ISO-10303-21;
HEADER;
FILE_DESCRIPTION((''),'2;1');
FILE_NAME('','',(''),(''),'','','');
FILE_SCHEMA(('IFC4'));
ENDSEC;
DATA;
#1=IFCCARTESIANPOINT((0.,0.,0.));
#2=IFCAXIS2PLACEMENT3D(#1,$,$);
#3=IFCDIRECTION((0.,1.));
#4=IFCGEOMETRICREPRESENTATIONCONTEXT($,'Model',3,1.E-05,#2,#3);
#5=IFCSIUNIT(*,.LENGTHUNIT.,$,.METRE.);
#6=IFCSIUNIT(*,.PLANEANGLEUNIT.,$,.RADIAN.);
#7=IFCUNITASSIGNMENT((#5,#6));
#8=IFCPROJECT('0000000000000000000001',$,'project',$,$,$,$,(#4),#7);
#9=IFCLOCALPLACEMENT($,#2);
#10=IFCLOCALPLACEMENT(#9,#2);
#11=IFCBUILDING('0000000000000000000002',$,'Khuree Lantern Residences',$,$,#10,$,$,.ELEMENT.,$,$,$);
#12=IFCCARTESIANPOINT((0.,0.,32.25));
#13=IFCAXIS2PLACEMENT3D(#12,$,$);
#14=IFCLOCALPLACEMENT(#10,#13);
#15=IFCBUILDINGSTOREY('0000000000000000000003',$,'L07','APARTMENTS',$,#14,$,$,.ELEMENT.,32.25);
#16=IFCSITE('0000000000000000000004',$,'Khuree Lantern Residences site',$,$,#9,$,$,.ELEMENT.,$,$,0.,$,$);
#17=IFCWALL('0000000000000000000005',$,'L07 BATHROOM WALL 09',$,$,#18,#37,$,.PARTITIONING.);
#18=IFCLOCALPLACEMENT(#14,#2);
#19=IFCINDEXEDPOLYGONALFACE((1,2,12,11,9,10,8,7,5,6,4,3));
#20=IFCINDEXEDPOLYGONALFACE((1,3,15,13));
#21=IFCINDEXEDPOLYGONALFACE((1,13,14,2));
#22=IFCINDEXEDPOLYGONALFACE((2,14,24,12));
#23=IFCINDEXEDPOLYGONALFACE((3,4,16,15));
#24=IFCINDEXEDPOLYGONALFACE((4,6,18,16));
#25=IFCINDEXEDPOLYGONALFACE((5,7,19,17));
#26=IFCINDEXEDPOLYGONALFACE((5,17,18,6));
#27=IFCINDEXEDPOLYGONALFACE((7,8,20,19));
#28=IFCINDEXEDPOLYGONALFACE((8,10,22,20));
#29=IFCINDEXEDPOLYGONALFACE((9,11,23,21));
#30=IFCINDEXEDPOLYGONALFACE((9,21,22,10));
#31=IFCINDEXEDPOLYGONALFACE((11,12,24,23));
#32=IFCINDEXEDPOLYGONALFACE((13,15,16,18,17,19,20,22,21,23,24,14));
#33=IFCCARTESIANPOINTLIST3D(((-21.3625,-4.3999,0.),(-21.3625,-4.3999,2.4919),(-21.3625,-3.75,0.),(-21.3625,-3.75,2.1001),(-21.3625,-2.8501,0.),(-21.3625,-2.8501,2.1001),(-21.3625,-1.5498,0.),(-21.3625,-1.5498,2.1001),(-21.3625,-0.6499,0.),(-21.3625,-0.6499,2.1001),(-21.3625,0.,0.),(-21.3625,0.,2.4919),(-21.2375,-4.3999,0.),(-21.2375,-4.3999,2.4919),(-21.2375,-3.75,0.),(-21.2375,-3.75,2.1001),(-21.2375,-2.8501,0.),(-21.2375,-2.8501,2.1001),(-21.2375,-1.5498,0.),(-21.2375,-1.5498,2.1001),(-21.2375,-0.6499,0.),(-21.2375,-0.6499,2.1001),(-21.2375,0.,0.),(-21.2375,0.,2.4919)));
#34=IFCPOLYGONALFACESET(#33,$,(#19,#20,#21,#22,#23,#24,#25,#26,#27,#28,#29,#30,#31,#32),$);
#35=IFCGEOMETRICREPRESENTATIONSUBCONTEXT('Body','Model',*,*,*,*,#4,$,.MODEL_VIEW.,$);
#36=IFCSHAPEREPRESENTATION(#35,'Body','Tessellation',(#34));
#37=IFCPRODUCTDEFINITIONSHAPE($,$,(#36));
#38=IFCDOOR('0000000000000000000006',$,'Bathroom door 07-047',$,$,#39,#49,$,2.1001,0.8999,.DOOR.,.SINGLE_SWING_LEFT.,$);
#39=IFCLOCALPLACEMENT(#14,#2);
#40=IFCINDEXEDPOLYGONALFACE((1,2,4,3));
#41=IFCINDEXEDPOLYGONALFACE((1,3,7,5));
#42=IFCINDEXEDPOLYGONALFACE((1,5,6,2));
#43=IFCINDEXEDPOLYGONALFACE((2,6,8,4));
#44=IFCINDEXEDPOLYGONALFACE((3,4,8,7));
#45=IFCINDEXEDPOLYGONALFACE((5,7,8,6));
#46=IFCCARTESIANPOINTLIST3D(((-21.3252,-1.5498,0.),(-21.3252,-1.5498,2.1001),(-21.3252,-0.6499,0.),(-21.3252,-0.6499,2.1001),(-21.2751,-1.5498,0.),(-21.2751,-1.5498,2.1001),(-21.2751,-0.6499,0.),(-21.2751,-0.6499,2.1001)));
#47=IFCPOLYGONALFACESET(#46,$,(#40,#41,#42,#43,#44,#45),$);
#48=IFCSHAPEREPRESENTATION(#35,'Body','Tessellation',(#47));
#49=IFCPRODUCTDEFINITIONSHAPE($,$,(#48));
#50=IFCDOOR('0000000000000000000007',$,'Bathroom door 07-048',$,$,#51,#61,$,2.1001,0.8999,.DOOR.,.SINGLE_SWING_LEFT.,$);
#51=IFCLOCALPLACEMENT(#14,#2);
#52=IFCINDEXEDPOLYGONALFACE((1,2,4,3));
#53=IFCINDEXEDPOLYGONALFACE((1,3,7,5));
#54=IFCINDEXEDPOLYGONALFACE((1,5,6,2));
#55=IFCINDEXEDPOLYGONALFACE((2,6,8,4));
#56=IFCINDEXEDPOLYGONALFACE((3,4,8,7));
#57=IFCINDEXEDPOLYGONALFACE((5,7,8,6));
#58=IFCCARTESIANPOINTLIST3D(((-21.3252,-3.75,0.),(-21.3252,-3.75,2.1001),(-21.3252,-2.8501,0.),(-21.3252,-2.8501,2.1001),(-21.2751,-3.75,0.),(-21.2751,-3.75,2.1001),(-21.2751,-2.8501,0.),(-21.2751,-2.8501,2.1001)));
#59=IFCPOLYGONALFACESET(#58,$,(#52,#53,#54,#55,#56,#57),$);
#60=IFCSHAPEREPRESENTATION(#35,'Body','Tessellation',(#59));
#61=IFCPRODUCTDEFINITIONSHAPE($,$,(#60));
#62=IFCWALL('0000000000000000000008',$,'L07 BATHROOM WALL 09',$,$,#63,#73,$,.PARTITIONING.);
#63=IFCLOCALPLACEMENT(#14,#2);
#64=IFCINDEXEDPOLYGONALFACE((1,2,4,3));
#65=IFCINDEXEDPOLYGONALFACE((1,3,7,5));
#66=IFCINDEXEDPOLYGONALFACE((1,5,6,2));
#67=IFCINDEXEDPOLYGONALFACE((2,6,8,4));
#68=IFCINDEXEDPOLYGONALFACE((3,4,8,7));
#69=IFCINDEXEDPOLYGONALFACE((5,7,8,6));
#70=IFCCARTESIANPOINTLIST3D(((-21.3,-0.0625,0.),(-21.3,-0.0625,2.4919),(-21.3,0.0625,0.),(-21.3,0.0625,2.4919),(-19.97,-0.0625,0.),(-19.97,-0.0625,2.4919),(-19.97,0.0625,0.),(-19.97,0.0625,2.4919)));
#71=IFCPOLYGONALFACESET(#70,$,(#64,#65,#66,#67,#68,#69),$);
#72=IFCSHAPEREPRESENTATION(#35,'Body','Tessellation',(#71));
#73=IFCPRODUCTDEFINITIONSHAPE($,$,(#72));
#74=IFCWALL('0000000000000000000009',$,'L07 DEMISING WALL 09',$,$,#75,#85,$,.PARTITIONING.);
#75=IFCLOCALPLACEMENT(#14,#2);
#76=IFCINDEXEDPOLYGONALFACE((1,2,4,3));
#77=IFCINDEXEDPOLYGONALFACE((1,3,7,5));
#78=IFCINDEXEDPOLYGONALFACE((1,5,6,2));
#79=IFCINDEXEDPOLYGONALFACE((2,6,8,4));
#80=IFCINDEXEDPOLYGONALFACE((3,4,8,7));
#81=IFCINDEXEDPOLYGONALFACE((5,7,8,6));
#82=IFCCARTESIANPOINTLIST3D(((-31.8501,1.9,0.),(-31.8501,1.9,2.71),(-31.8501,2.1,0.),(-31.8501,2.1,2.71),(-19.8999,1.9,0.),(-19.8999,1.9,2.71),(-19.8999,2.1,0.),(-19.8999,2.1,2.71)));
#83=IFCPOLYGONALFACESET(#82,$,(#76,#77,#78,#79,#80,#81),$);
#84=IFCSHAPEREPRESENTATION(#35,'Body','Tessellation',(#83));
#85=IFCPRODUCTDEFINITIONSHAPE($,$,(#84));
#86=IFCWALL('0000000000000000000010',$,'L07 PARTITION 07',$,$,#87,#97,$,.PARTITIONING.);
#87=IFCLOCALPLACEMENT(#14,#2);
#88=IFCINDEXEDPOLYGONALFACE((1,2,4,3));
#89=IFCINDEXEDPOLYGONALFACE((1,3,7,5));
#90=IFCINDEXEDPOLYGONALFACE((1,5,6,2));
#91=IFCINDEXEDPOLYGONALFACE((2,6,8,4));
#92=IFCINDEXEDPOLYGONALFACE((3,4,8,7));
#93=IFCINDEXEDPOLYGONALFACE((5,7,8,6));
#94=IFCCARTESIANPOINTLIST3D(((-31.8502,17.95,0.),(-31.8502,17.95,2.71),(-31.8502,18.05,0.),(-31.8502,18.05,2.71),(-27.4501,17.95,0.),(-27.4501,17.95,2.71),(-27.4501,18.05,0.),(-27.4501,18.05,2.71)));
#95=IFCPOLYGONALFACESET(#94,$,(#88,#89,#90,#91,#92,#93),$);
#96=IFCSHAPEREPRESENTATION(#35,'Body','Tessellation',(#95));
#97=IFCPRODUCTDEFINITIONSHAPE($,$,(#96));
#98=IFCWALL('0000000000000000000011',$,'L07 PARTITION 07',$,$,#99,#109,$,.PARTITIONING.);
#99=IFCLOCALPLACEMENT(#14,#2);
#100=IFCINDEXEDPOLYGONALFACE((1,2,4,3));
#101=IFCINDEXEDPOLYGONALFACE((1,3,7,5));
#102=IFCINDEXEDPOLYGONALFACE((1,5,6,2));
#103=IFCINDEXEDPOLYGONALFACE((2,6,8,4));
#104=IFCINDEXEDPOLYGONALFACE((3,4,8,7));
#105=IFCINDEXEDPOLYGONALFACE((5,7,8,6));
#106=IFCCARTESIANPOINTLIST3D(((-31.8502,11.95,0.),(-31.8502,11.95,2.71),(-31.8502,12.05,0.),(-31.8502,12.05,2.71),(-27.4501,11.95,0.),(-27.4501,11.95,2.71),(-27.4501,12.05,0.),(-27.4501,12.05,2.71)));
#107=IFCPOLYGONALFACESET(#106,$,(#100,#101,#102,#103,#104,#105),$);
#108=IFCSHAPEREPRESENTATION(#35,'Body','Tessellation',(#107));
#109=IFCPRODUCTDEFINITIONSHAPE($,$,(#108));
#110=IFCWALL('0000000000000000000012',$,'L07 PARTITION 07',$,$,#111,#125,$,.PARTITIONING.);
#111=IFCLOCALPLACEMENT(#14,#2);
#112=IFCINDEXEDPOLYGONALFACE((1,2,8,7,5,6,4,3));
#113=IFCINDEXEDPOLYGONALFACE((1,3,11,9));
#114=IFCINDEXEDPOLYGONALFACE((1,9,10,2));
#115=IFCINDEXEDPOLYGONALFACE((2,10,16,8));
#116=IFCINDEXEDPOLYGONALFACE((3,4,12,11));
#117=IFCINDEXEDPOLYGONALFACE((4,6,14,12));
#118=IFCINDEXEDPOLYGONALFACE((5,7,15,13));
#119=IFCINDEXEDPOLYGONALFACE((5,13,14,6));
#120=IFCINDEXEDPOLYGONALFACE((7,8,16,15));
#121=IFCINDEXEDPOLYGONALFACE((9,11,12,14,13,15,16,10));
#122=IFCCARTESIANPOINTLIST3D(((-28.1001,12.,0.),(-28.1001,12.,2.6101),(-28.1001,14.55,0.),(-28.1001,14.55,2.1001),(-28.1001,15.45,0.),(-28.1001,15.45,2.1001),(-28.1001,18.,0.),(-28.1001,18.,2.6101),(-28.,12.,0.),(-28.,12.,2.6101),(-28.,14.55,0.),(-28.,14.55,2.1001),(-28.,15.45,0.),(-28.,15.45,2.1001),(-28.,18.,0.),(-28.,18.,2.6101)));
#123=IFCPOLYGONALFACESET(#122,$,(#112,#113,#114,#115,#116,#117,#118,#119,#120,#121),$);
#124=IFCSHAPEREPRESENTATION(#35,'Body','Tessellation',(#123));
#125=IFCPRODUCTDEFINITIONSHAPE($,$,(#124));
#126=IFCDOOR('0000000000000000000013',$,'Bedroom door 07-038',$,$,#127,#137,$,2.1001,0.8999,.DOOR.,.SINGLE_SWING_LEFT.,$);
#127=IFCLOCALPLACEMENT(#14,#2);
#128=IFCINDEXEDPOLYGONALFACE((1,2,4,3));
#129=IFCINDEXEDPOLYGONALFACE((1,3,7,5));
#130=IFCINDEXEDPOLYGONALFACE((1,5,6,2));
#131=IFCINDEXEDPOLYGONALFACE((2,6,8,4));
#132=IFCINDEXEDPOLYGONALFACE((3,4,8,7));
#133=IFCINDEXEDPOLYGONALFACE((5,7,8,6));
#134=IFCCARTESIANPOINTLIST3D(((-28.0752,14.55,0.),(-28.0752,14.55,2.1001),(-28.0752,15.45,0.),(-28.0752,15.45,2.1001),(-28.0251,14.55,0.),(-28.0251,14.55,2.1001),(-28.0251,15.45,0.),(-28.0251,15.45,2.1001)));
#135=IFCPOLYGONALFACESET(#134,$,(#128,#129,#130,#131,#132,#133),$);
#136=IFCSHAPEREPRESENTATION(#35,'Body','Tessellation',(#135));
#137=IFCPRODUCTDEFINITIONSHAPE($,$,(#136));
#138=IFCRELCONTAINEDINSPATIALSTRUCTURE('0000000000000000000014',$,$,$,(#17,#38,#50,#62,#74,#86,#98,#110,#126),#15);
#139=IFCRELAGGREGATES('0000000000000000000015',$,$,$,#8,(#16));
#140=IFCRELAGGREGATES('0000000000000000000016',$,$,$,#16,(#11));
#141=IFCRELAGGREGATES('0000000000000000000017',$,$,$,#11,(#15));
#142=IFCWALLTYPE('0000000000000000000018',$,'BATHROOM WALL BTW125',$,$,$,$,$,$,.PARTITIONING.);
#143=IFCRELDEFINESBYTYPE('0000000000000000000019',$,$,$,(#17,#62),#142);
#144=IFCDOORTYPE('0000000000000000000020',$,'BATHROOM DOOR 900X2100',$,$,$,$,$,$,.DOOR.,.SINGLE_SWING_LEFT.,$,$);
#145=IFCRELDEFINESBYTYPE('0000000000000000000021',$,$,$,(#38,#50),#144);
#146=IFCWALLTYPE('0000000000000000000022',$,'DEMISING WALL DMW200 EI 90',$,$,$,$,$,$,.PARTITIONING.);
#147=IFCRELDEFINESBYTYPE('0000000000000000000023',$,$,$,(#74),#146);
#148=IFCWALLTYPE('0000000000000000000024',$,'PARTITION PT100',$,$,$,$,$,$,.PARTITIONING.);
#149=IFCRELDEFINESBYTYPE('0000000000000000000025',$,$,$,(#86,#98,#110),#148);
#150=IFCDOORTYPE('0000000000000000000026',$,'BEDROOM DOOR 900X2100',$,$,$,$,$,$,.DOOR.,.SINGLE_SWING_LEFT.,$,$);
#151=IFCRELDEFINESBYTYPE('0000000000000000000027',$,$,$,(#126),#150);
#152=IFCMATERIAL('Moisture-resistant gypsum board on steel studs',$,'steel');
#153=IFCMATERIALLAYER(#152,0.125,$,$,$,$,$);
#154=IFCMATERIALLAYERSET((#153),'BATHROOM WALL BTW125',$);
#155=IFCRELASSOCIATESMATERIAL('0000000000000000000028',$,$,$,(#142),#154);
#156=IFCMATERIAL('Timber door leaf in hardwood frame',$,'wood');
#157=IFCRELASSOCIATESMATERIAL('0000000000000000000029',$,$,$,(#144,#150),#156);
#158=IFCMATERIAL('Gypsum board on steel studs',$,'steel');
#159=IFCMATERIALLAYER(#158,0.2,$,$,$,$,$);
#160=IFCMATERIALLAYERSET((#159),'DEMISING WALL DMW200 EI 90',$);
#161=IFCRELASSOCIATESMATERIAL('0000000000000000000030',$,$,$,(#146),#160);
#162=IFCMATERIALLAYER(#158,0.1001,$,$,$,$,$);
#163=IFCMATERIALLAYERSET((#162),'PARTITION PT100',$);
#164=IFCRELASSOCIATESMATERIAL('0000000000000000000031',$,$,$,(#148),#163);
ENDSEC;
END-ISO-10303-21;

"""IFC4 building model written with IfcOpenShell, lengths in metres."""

from ifc_helpers import new_model, si_unit, direction, frame, frame_2d, origin, place, context, subcontext, project, spatial, rectangle, extrude, material, layer, layer_set, type_object, element, fill, save


model = new_model("IFC4")

# Units and contexts
model_context = context("Model", 3, precision=1e-05, world=origin(), true_north=direction((0.0, 1.0)))
body_context = subcontext(model_context, "Body", "Model", "MODEL_VIEW")
ifc_project = project(units=[si_unit("LENGTHUNIT", "METRE"), si_unit("PLANEANGLEUNIT", "RADIAN")], contexts=[model_context])

# Site, building, storey
site_placement = place(None, origin())
site = spatial("IfcSite", under=ifc_project, at=site_placement, Name="Khuree Lantern Residences site", CompositionType="ELEMENT", RefElevation=0.0)
building_placement = place(site_placement, origin())
building = spatial("IfcBuilding", under=site, at=building_placement, Name="Khuree Lantern Residences", CompositionType="ELEMENT")
storey_placement = place(building_placement, frame((0.0, 0.0, 32.25)))
storey = spatial("IfcBuildingStorey", under=building, at=storey_placement, Name="L07", Description="APARTMENTS", CompositionType="ELEMENT", Elevation=32.25)

# Shared definitions
ifc_material_1 = material(Name="Moisture-resistant gypsum board on steel studs", Category="steel")
ifc_layer_1 = layer(ifc_material_1, 0.125)
ifc_layer_set_1 = layer_set([ifc_layer_1], Name="BATHROOM WALL BTW125")
wall_type_1 = type_object("IfcWallType", Name="BATHROOM WALL BTW125", PredefinedType="PARTITIONING", material=ifc_layer_set_1)
ifc_material_2 = material(Name="Timber door leaf in hardwood frame", Category="wood")
door_type_1 = type_object("IfcDoorType", Name="BATHROOM DOOR 900X2100", OperationType="SINGLE_SWING_LEFT", PredefinedType="DOOR", material=ifc_material_2)

# Wall, openings, doors
wall_1_placement = place(storey_placement, frame((-21.3, 0.0, 0.0), z_axis=(0.0, 0.0, 1.0), x_axis=(0.0, -1.0, 0.0)))
wall_1 = element("IfcWall", 1, at=wall_1_placement, inside=storey, type_object=wall_type_1, Name="L07 BATHROOM WALL 09", PredefinedType="PARTITIONING", context=body_context, shape_type="SweptSolid", body=[
    extrude(rectangle(XDim=4.3999, YDim=0.125, at=frame_2d((2.2, 0.0))), origin(), (0.0, 0.0, 1.0), 2.4919),
])
opening_1_placement = place(wall_1_placement, frame((0.6499, 0.0, 0.0)))
opening_1 = element("IfcOpeningElement", 2, at=opening_1_placement, cuts=wall_1, PredefinedType="OPENING", context=body_context, shape_type="SweptSolid", body=[
    extrude(rectangle(XDim=0.8999, YDim=2.1001, at=frame_2d((0.45, 1.05))), frame((0.0, 0.0725, 0.0), z_axis=(0.0, -1.0, 0.0), x_axis=(1.0, 0.0, 0.0)), (0.0, 0.0, 1.0), 0.145),
])
opening_2_placement = place(wall_1_placement, frame((2.8501, 0.0, 0.0)))
opening_2 = element("IfcOpeningElement", 3, at=opening_2_placement, cuts=wall_1, PredefinedType="OPENING", context=body_context, shape_type="SweptSolid", body=[
    extrude(rectangle(XDim=0.8999, YDim=2.1001, at=frame_2d((0.45, 1.05))), frame((0.0, 0.0725, 0.0), z_axis=(0.0, -1.0, 0.0), x_axis=(1.0, 0.0, 0.0)), (0.0, 0.0, 1.0), 0.145),
])
door_1_placement = place(opening_1_placement, origin())
door_1 = element("IfcDoor", 4, at=door_1_placement, inside=storey, type_object=door_type_1, Name="Bathroom door 07-047", OperationType="SINGLE_SWING_LEFT", OverallHeight=2.1001, OverallWidth=0.8999, PredefinedType="DOOR", context=body_context, shape_type="SweptSolid", body=[
    extrude(rectangle(XDim=0.8999, YDim=2.1001, at=frame_2d((0.45, 1.05))), frame((0.0, 0.0249, 0.0), z_axis=(0.0, -1.0, 0.0), x_axis=(1.0, 0.0, 0.0)), (0.0, 0.0, 1.0), 0.05),
])
fill(opening_1, door_1)
door_2_placement = place(opening_2_placement, origin())
door_2 = element("IfcDoor", 5, at=door_2_placement, inside=storey, type_object=door_type_1, Name="Bathroom door 07-048", OperationType="SINGLE_SWING_LEFT", OverallHeight=2.1001, OverallWidth=0.8999, PredefinedType="DOOR", context=body_context, shape_type="SweptSolid", body=[
    extrude(rectangle(XDim=0.8999, YDim=2.1001, at=frame_2d((0.45, 1.05))), frame((0.0, 0.0249, 0.0), z_axis=(0.0, -1.0, 0.0), x_axis=(1.0, 0.0, 0.0)), (0.0, 0.0, 1.0), 0.05),
])
fill(opening_2, door_2)

# Walls
wall_2_placement = place(storey_placement, frame((-19.97, 0.0, 0.0), z_axis=(0.0, 0.0, 1.0), x_axis=(-1.0, 0.0, 0.0)))
element("IfcWall", 6, at=wall_2_placement, inside=storey, type_object=wall_type_1, Name="L07 BATHROOM WALL 09", PredefinedType="PARTITIONING", context=body_context, shape_type="SweptSolid", body=[
    extrude(rectangle(XDim=1.3301, YDim=0.125, at=frame_2d((0.665, 0.0))), origin(), (0.0, 0.0, 1.0), 2.4919),
])
ifc_material_3 = material(Name="Gypsum board on steel studs", Category="steel")
ifc_layer_2 = layer(ifc_material_3, 0.2)
ifc_layer_set_2 = layer_set([ifc_layer_2], Name="DEMISING WALL DMW200 EI 90")
wall_type_2 = type_object("IfcWallType", Name="DEMISING WALL DMW200 EI 90", PredefinedType="PARTITIONING", material=ifc_layer_set_2)
wall_3_placement = place(storey_placement, frame((-19.8999, 2.0, 0.0), z_axis=(0.0, 0.0, 1.0), x_axis=(-1.0, 0.0, 0.0)))
element("IfcWall", 7, at=wall_3_placement, inside=storey, type_object=wall_type_2, Name="L07 DEMISING WALL 09", PredefinedType="PARTITIONING", context=body_context, shape_type="SweptSolid", body=[
    extrude(rectangle(XDim=11.9502, YDim=0.2, at=frame_2d((5.9751, 0.0))), origin(), (0.0, 0.0, 1.0), 2.71),
])
ifc_layer_3 = layer(ifc_material_3, 0.1001)
ifc_layer_set_3 = layer_set([ifc_layer_3], Name="PARTITION PT100")
wall_type_3 = type_object("IfcWallType", Name="PARTITION PT100", PredefinedType="PARTITIONING", material=ifc_layer_set_3)
for number, where, z_axis, x_axis, name in (
    (8, (-27.45, 18.0, 0.0), (0.0, 0.0, 1.0), (-1.0, 0.0, 0.0), "L07 PARTITION 07"),
    (9, (-27.45, 12.0, 0.0), (0.0, 0.0, 1.0), (-1.0, 0.0, 0.0), "L07 PARTITION 07"),
):
    element("IfcWall", number, at=place(storey_placement, frame(where, z_axis=z_axis, x_axis=x_axis)), inside=storey, type_object=wall_type_3, Name=name, PredefinedType="PARTITIONING", context=body_context, shape_type="SweptSolid", body=[
        extrude(rectangle(XDim=4.4001, YDim=0.1001, at=frame_2d((2.2002, 0.0))), origin(), (0.0, 0.0, 1.0), 2.71),
    ])

# Wall, opening, door
wall_4_placement = place(storey_placement, frame((-28.05, 18.0, 0.0), z_axis=(0.0, 0.0, 1.0), x_axis=(0.0, -1.0, 0.0)))
wall_4 = element("IfcWall", 10, at=wall_4_placement, inside=storey, type_object=wall_type_3, Name="L07 PARTITION 07", PredefinedType="PARTITIONING", context=body_context, shape_type="SweptSolid", body=[
    extrude(rectangle(XDim=6.0, YDim=0.1001, at=frame_2d((3.0, 0.0))), origin(), (0.0, 0.0, 1.0), 2.6101),
])
opening_3_placement = place(wall_4_placement, frame((2.55, 0.0, 0.0)))
opening_3 = element("IfcOpeningElement", 11, at=opening_3_placement, cuts=wall_4, PredefinedType="OPENING", context=body_context, shape_type="SweptSolid", body=[
    extrude(rectangle(XDim=0.8999, YDim=2.1001, at=frame_2d((0.45, 1.05))), frame((0.0, 0.0601, 0.0), z_axis=(0.0, -1.0, 0.0), x_axis=(1.0, 0.0, 0.0)), (0.0, 0.0, 1.0), 0.1201),
])
door_type_2 = type_object("IfcDoorType", Name="BEDROOM DOOR 900X2100", OperationType="SINGLE_SWING_LEFT", PredefinedType="DOOR", material=ifc_material_2)
door_3_placement = place(opening_3_placement, origin())
door_3 = element("IfcDoor", 12, at=door_3_placement, inside=storey, type_object=door_type_2, Name="Bedroom door 07-038", OperationType="SINGLE_SWING_LEFT", OverallHeight=2.1001, OverallWidth=0.8999, PredefinedType="DOOR", context=body_context, shape_type="SweptSolid", body=[
    extrude(rectangle(XDim=0.8999, YDim=2.1001, at=frame_2d((0.45, 1.05))), frame((0.0, 0.0249, 0.0), z_axis=(0.0, -1.0, 0.0), x_axis=(1.0, 0.0, 0.0)), (0.0, 0.0, 1.0), 0.05),
])
fill(opening_3, door_3)

save(model, "model.ifc")
